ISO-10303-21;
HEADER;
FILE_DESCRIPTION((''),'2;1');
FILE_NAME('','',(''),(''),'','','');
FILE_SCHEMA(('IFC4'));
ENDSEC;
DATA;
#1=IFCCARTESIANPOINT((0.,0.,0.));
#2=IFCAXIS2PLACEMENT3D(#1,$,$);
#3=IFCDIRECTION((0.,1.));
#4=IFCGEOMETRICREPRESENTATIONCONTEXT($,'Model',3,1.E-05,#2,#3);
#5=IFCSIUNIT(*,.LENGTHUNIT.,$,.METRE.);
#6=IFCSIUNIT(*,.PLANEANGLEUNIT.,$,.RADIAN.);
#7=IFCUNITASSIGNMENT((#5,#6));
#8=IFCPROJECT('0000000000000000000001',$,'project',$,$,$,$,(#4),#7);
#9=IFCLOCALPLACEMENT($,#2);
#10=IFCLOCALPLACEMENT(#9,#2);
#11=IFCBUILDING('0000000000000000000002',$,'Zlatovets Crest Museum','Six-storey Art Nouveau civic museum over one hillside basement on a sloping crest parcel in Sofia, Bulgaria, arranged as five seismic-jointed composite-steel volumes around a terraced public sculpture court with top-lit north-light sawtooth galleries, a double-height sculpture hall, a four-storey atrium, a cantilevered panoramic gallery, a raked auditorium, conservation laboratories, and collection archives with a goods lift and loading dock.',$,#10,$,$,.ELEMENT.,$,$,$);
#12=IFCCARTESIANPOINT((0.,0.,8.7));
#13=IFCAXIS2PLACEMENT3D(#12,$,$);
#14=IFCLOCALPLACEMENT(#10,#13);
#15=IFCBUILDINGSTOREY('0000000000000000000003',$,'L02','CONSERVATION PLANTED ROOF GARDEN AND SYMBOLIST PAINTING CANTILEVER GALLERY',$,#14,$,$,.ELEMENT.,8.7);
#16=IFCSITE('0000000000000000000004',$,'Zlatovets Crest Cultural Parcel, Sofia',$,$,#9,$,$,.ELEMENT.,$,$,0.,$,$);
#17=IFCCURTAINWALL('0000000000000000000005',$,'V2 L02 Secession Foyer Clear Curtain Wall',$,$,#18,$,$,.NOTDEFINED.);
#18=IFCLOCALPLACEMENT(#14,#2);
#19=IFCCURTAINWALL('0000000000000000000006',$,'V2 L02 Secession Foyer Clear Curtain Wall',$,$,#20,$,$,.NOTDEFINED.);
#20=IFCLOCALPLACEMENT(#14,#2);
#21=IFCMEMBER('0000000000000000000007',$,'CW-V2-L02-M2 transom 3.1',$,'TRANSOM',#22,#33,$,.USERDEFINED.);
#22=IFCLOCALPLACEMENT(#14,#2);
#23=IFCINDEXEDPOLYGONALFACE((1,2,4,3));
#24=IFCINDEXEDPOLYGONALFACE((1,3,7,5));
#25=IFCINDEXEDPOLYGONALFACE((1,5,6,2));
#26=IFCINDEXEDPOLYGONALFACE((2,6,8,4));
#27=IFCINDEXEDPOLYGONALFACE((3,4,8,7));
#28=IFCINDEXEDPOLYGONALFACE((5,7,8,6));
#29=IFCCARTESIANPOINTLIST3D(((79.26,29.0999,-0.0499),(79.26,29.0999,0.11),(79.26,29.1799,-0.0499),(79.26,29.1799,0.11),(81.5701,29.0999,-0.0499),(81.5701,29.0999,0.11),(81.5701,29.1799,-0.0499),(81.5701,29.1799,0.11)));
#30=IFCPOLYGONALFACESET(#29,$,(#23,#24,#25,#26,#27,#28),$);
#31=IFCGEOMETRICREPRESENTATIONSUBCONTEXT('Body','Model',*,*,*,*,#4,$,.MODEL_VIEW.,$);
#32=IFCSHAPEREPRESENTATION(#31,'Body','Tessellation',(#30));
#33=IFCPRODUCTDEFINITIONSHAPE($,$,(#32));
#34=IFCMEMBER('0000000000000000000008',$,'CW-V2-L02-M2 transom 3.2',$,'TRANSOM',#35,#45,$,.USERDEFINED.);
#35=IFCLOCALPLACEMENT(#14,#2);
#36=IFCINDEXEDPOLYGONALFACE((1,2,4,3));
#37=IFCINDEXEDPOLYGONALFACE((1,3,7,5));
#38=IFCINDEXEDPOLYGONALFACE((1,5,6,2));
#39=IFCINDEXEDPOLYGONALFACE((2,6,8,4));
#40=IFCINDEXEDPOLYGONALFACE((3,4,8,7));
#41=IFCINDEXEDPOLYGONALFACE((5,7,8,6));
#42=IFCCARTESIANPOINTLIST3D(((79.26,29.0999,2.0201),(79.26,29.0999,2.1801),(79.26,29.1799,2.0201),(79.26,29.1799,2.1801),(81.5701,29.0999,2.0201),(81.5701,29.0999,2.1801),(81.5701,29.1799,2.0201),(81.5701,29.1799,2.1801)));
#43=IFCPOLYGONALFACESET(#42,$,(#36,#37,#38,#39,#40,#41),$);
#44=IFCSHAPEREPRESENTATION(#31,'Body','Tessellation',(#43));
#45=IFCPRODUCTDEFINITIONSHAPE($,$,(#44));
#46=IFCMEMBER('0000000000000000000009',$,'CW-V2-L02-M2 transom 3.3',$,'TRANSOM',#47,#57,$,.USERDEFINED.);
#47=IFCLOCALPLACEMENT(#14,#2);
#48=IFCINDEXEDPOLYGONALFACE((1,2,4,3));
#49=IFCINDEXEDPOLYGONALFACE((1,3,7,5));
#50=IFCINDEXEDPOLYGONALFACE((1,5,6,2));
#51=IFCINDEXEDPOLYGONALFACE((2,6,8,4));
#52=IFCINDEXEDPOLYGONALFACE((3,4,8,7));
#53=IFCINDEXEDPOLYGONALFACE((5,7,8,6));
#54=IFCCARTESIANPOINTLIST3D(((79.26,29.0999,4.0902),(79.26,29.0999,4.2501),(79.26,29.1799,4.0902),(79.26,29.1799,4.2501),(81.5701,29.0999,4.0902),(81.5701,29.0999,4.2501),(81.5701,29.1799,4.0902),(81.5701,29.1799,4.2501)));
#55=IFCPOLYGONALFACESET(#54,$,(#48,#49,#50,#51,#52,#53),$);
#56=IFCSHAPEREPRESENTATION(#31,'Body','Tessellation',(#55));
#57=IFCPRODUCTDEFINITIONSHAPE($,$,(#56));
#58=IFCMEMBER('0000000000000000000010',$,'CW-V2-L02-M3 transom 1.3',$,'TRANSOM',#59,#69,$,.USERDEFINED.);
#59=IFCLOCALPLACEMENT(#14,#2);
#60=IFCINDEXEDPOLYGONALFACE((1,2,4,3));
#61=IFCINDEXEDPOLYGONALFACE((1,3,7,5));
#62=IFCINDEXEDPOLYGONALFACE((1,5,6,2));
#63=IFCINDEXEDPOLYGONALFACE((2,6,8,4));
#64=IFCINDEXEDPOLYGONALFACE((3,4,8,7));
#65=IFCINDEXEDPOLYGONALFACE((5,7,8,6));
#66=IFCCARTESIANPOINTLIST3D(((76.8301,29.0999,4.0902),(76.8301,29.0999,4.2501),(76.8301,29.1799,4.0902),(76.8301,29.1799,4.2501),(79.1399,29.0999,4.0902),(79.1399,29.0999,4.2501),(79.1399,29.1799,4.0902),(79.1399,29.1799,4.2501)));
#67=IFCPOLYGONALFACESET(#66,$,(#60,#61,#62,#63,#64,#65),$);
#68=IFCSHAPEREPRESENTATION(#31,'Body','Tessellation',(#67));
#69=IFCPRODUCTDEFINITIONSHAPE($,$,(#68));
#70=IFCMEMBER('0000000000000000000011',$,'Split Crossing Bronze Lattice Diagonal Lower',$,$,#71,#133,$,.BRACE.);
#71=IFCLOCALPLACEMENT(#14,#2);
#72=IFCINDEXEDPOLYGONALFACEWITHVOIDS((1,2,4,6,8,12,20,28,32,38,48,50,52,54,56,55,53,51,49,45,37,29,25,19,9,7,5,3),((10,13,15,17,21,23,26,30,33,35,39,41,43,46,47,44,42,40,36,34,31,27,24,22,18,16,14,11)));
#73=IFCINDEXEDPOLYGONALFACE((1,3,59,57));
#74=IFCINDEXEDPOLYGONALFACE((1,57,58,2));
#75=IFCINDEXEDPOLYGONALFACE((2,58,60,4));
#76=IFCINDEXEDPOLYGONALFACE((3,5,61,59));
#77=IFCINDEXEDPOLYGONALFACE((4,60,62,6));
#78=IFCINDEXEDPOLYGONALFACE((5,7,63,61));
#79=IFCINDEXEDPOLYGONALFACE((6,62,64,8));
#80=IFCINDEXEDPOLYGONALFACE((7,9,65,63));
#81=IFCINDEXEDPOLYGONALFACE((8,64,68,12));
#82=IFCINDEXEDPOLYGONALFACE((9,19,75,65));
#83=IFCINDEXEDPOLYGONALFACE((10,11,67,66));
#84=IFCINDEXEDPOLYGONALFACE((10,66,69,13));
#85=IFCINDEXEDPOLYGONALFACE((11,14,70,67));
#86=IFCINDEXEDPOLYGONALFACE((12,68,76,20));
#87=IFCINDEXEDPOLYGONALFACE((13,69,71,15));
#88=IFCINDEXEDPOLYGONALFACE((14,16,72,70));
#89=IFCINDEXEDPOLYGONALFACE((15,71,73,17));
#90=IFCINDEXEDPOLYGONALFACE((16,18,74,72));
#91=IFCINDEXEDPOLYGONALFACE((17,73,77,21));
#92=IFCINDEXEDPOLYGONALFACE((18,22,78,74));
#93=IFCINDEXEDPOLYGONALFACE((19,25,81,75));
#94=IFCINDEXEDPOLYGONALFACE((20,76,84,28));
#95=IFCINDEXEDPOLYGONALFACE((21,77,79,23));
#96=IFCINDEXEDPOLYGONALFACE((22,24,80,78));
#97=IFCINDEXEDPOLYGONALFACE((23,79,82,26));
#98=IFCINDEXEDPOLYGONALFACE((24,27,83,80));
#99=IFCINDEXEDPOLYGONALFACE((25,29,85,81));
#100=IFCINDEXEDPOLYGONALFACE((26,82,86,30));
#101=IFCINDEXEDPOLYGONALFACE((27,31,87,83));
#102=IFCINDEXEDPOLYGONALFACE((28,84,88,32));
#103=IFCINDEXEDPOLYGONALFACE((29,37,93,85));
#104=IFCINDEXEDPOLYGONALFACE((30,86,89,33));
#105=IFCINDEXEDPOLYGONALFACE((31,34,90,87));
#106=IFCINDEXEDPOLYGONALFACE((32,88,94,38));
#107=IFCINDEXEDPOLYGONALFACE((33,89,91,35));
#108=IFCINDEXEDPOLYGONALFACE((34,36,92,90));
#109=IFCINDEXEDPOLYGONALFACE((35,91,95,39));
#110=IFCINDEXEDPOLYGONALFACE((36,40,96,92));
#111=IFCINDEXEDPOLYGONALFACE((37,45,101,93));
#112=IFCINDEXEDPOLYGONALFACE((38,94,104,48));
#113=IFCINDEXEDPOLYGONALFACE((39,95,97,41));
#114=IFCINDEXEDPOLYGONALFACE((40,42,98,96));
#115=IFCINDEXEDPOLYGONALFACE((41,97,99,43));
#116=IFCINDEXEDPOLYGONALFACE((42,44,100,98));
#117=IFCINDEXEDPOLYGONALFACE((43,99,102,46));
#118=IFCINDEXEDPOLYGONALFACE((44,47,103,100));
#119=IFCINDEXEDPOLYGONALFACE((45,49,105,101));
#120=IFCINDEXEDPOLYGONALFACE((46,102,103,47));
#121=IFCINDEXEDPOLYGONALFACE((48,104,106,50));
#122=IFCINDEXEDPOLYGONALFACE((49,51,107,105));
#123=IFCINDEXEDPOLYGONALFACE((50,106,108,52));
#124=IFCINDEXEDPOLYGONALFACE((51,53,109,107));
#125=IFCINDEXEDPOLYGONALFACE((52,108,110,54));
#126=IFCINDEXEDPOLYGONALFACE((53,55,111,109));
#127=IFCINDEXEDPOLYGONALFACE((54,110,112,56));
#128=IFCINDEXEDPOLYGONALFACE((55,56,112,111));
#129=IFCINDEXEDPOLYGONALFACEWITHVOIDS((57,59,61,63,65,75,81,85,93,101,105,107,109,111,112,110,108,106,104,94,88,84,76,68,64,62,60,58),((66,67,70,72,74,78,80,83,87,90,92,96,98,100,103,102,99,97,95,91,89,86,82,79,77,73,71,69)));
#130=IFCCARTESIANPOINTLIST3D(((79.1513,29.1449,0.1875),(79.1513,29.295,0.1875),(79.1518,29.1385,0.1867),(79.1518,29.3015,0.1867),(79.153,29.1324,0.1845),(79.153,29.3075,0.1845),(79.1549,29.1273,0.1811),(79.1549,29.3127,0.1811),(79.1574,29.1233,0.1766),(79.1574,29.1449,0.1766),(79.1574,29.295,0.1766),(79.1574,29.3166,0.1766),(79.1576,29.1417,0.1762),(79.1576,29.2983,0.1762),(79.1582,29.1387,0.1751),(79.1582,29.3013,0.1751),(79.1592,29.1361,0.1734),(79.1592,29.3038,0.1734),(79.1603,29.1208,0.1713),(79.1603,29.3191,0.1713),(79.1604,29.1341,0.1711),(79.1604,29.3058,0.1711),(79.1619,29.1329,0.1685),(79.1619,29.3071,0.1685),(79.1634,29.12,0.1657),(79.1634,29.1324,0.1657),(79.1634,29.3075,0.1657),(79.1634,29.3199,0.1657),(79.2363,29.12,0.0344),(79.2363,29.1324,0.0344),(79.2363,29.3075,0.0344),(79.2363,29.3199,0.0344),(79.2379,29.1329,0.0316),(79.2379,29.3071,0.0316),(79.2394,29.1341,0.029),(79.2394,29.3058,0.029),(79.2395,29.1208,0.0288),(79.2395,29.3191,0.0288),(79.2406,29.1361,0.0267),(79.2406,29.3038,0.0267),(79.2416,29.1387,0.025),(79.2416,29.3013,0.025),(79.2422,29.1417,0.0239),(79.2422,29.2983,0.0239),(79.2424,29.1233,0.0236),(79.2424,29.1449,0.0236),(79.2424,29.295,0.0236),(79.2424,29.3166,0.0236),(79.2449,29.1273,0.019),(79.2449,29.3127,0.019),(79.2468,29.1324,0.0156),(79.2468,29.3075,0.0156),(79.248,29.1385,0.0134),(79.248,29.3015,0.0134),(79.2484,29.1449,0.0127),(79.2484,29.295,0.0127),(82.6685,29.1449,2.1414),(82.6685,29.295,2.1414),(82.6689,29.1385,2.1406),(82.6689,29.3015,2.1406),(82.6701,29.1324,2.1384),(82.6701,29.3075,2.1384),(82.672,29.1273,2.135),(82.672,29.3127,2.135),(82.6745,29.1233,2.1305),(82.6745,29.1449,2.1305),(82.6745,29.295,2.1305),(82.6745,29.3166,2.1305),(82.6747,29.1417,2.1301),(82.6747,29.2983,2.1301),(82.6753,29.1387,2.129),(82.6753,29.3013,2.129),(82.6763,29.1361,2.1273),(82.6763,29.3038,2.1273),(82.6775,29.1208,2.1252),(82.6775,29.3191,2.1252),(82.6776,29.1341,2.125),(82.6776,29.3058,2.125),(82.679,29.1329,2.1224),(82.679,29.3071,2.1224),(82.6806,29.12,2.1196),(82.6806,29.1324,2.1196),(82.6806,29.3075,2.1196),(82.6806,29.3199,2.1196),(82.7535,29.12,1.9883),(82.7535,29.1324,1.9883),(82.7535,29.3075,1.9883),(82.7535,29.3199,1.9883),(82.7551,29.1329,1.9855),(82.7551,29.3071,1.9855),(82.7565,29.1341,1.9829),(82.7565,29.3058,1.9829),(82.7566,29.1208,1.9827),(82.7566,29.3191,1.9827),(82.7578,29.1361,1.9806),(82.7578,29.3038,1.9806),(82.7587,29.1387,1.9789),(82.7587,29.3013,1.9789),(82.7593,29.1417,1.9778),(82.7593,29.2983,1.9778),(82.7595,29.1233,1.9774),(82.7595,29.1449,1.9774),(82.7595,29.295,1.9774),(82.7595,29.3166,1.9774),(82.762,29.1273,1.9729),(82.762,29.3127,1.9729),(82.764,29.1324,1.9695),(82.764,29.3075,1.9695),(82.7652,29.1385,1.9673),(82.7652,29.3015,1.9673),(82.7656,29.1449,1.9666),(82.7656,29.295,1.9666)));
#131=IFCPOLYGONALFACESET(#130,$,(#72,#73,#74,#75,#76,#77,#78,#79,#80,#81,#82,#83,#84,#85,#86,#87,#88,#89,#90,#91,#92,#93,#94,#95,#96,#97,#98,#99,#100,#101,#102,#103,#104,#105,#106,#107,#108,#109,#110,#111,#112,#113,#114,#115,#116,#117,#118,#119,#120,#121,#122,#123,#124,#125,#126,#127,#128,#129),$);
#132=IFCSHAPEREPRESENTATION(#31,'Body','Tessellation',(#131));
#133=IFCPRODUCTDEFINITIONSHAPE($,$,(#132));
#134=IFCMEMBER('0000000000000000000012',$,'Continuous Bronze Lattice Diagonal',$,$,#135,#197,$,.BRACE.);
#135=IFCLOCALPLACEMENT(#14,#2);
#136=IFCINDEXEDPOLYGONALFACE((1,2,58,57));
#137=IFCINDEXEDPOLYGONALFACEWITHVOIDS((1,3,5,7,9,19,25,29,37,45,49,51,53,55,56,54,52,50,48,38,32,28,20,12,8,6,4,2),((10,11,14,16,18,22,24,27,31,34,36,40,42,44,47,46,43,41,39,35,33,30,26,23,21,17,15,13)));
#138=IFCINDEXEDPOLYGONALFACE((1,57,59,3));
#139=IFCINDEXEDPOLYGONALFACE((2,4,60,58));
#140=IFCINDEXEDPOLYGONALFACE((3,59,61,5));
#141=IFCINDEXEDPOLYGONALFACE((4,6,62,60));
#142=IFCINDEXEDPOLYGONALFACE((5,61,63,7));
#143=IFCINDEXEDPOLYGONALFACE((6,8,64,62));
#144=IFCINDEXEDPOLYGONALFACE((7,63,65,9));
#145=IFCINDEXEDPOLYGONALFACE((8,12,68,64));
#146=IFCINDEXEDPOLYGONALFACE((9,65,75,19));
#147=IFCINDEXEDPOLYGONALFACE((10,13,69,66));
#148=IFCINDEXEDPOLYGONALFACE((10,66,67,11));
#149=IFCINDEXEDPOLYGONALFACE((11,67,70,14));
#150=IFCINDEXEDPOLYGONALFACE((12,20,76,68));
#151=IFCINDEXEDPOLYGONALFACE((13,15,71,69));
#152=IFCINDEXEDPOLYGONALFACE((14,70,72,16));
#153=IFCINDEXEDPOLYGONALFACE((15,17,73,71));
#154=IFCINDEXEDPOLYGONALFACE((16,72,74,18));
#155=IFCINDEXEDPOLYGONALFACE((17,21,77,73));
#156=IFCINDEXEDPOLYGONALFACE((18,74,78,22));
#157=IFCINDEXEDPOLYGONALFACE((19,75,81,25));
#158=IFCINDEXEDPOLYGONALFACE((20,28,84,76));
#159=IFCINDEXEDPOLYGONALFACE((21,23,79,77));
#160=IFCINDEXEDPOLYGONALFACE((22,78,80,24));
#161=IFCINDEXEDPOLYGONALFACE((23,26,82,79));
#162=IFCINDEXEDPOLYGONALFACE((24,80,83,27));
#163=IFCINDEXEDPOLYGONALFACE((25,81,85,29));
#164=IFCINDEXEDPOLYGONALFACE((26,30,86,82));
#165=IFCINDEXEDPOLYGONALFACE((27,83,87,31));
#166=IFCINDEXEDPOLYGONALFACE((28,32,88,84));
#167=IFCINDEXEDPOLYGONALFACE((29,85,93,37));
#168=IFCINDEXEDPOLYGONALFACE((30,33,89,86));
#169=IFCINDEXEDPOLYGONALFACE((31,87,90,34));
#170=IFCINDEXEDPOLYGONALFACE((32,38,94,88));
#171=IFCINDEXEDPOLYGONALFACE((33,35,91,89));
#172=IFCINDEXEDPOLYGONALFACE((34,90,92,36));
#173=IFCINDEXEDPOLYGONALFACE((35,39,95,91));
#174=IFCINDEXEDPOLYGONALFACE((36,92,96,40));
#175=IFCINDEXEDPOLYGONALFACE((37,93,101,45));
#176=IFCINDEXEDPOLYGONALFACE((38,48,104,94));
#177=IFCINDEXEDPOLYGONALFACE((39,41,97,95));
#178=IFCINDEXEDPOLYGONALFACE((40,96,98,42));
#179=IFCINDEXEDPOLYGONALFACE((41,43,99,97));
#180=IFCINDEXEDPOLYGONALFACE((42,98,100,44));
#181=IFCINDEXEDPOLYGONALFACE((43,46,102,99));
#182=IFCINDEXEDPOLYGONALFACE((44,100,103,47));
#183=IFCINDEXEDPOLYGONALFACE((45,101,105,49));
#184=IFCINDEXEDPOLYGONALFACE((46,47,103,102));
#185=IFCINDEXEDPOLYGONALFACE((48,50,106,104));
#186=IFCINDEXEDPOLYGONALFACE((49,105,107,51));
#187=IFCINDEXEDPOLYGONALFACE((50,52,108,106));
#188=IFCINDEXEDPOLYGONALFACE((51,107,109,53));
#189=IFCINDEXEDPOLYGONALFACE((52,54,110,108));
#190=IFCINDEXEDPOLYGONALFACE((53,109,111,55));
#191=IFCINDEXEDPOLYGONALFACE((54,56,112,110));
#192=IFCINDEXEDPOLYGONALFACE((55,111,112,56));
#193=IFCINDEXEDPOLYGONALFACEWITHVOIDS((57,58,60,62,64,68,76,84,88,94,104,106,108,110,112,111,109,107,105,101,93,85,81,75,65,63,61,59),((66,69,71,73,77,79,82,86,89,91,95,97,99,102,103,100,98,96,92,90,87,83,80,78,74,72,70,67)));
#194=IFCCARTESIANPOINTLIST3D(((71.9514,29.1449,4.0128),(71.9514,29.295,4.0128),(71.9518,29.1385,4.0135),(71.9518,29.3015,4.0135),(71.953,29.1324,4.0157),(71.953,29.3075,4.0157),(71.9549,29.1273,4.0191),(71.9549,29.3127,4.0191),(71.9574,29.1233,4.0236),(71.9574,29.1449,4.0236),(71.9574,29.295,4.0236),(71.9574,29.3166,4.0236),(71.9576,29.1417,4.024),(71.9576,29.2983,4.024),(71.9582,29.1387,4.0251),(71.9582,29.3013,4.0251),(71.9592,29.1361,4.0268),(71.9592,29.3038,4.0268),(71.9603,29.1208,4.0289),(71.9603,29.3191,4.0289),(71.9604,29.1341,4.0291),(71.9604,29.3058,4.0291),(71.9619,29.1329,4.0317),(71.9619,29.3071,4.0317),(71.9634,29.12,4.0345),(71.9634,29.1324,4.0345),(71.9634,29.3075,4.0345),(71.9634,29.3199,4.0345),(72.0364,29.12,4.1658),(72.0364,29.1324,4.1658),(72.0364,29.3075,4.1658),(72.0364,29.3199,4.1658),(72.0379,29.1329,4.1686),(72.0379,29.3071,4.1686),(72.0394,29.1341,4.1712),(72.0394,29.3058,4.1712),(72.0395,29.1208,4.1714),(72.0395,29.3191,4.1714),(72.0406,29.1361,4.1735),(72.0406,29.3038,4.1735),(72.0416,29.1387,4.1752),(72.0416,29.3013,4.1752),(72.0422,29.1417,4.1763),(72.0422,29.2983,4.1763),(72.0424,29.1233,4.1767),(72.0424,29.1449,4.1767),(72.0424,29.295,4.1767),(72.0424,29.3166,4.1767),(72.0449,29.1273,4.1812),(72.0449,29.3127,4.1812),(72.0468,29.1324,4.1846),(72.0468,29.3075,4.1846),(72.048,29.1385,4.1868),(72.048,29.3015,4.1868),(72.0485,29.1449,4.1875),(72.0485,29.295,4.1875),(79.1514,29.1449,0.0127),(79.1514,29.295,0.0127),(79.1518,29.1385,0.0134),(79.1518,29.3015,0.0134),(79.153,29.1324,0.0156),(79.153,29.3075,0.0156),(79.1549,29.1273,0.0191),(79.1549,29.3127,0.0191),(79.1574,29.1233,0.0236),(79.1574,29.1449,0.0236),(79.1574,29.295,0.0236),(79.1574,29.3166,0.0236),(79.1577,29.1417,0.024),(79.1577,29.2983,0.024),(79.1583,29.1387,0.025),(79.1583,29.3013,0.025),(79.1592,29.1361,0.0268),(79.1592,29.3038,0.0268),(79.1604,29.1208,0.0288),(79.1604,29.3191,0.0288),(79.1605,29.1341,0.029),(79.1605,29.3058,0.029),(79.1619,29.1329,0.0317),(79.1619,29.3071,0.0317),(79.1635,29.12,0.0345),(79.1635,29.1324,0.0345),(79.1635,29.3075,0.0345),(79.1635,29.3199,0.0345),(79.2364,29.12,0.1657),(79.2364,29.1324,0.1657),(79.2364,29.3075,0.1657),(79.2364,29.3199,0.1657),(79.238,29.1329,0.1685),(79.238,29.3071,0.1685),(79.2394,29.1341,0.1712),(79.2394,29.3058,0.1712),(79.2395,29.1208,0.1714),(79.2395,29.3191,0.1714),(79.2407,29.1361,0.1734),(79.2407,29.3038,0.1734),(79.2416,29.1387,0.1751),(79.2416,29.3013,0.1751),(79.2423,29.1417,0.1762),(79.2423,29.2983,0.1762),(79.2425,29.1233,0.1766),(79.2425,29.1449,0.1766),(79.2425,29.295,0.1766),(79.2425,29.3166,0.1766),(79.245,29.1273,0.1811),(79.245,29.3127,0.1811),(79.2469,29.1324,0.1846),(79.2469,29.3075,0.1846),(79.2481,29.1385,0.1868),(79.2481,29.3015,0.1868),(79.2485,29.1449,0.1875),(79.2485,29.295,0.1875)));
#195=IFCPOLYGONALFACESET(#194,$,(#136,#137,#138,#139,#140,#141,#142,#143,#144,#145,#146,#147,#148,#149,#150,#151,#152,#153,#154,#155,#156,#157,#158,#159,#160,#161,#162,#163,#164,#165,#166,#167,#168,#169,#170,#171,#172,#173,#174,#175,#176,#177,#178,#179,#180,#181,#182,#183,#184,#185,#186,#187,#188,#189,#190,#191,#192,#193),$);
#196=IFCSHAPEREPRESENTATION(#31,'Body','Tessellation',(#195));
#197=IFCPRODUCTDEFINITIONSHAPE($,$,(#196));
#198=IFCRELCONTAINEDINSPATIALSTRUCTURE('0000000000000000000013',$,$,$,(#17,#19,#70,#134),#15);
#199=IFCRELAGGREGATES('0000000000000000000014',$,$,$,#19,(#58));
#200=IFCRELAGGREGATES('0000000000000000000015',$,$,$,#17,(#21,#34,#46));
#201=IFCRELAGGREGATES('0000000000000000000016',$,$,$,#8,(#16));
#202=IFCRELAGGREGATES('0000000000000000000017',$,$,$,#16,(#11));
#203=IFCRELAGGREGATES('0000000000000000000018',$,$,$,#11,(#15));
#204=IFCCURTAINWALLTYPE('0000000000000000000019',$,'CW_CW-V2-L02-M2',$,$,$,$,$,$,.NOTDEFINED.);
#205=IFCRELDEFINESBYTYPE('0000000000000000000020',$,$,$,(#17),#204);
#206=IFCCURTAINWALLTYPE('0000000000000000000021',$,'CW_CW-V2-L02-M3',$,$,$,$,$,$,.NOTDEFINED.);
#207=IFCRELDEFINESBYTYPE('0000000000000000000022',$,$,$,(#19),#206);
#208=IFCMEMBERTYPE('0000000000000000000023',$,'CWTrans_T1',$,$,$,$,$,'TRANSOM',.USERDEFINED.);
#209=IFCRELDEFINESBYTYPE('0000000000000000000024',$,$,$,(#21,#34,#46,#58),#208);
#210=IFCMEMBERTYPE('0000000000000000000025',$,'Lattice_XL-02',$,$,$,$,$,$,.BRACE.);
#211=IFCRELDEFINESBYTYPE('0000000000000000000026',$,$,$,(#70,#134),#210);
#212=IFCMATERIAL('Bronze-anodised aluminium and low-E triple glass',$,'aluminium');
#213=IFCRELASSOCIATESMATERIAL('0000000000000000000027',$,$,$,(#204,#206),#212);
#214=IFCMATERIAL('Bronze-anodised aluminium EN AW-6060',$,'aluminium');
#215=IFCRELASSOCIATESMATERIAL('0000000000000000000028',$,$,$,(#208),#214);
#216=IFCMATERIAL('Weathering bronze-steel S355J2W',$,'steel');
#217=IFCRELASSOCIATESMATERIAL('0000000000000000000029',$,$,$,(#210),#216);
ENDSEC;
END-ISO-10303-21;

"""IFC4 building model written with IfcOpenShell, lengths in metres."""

from ifc_helpers import new_model, si_unit, direction, frame, origin, origin_2d, place, context, subcontext, project, spatial, rectangle, hollow_rectangle, extrude, material, material_profile, profile_set, type_object, element, aggregate, save


model = new_model("IFC4")

# Units and contexts
model_context = context("Model", 3, precision=1e-05, world=origin(), true_north=direction((0.0, 1.0)))
body_context = subcontext(model_context, "Body", "Model", "MODEL_VIEW")
ifc_project = project(units=[si_unit("LENGTHUNIT", "METRE"), si_unit("PLANEANGLEUNIT", "RADIAN")], contexts=[model_context])

# Site, building, storey
site_placement = place(None, origin())
site = spatial("IfcSite", under=ifc_project, at=site_placement, Name="Zlatovets Crest Cultural Parcel, Sofia", CompositionType="ELEMENT", RefElevation=0.0)
building_placement = place(site_placement, origin())
building = spatial("IfcBuilding", under=site, at=building_placement, Name="Zlatovets Crest Museum", Description="Six-storey Art Nouveau civic museum over one hillside basement on a sloping crest parcel in Sofia, Bulgaria, arranged as five seismic-jointed composite-steel volumes around a terraced public sculpture court with top-lit north-light sawtooth galleries, a double-height sculpture hall, a four-storey atrium, a cantilevered panoramic gallery, a raked auditorium, conservation laboratories, and collection archives with a goods lift and loading dock.", CompositionType="ELEMENT")
storey_placement = place(building_placement, frame((0.0, 0.0, 8.7)))
storey = spatial("IfcBuildingStorey", under=building, at=storey_placement, Name="L02", Description="CONSERVATION PLANTED ROOF GARDEN AND SYMBOLIST PAINTING CANTILEVER GALLERY", CompositionType="ELEMENT", Elevation=8.7)

# Curtain wall
ifc_material_1 = material(Name="Bronze-anodised aluminium and low-E triple glass", Category="aluminium")
curtain_wall_type_1 = type_object("IfcCurtainWallType", Name="CW_CW-V2-L02-M2", PredefinedType="NOTDEFINED", material=ifc_material_1)
curtain_wall_1_placement = place(storey_placement, origin())
curtain_wall_1 = element("IfcCurtainWall", 1, at=curtain_wall_1_placement, inside=storey, type_object=curtain_wall_type_1, Name="V2 L02 Secession Foyer Clear Curtain Wall", PredefinedType="NOTDEFINED")
ifc_material_2 = material(Name="Bronze-anodised aluminium EN AW-6060", Category="aluminium")

# Curtain wall
curtain_wall_type_2 = type_object("IfcCurtainWallType", Name="CW_CW-V2-L02-M3", PredefinedType="NOTDEFINED", material=ifc_material_1)
curtain_wall_2_placement = place(storey_placement, origin())
curtain_wall_2 = element("IfcCurtainWall", 2, at=curtain_wall_2_placement, inside=storey, type_object=curtain_wall_type_2, Name="V2 L02 Secession Foyer Clear Curtain Wall", PredefinedType="NOTDEFINED")

# Members
ifc_material_profile_1 = material_profile(ifc_material_2, rectangle(XDim=0.0801, YDim=0.1599, at=origin_2d()), Name="ALU 80x160")
ifc_profile_set_1 = profile_set([ifc_material_profile_1], Name="Bronze-anodised aluminium EN AW-6060")
member_type_1 = type_object("IfcMemberType", Name="CWTrans_T1", ElementType="TRANSOM", PredefinedType="USERDEFINED", material=ifc_profile_set_1)
member_1_placement = place(storey_placement, frame((81.5701, 29.1399, 0.03), z_axis=(-1.0, 0.0, 0.0), x_axis=(0.0, -1.0, 0.0)))
member_1 = element("IfcMember", 3, at=member_1_placement, type_object=member_type_1, Name="CW-V2-L02-M2 transom 3.1", ObjectType="TRANSOM", PredefinedType="USERDEFINED", context=body_context, shape_type="SweptSolid", body=[
    extrude(rectangle(XDim=0.0801, YDim=0.1599, at=origin_2d()), origin(), (0.0, 0.0, 1.0), 2.3101),
])
member_2_placement = place(storey_placement, frame((81.5701, 29.1399, 2.1001), z_axis=(-1.0, 0.0, 0.0), x_axis=(0.0, -1.0, 0.0)))
member_2 = element("IfcMember", 4, at=member_2_placement, type_object=member_type_1, Name="CW-V2-L02-M2 transom 3.2", ObjectType="TRANSOM", PredefinedType="USERDEFINED", context=body_context, shape_type="SweptSolid", body=[
    extrude(rectangle(XDim=0.0801, YDim=0.1599, at=origin_2d()), origin(), (0.0, 0.0, 1.0), 2.3101),
])
member_3_placement = place(storey_placement, frame((81.5701, 29.1399, 4.1702), z_axis=(-1.0, 0.0, 0.0), x_axis=(0.0, -1.0, 0.0)))
member_3 = element("IfcMember", 5, at=member_3_placement, type_object=member_type_1, Name="CW-V2-L02-M2 transom 3.3", ObjectType="TRANSOM", PredefinedType="USERDEFINED", context=body_context, shape_type="SweptSolid", body=[
    extrude(rectangle(XDim=0.0801, YDim=0.1599, at=origin_2d()), origin(), (0.0, 0.0, 1.0), 2.3101),
])
member_4_placement = place(storey_placement, frame((79.1399, 29.1399, 4.1702), z_axis=(-1.0, 0.0, 0.0), x_axis=(0.0, -1.0, 0.0)))
member_4 = element("IfcMember", 6, at=member_4_placement, type_object=member_type_1, Name="CW-V2-L02-M3 transom 1.3", ObjectType="TRANSOM", PredefinedType="USERDEFINED", context=body_context, shape_type="SweptSolid", body=[
    extrude(rectangle(XDim=0.0801, YDim=0.1599, at=origin_2d()), origin(), (0.0, 0.0, 1.0), 2.3098),
])
aggregate(curtain_wall_2, [member_4])

# Members
ifc_material_3 = material(Name="Weathering bronze-steel S355J2W", Category="steel")
ifc_material_profile_2 = material_profile(ifc_material_3, hollow_rectangle(XDim=0.2, YDim=0.2, WallThickness=0.0125, InnerFilletRadius=0.0125, OuterFilletRadius=0.0249, at=origin_2d()), Name="SHS 200x200x12.5")
ifc_profile_set_2 = profile_set([ifc_material_profile_2], Name="Weathering bronze-steel S355J2W")
member_type_2 = type_object("IfcMemberType", Name="Lattice_XL-02", PredefinedType="BRACE", material=ifc_profile_set_2)
member_5_placement = place(storey_placement, frame((82.717, 29.22, 2.054), z_axis=(-0.874166, 0.0, -0.485627), x_axis=(0.0, -1.0, 0.0)))
element("IfcMember", 7, at=member_5_placement, inside=storey, type_object=member_type_2, Name="Split Crossing Bronze Lattice Diagonal Lower", PredefinedType="BRACE", context=body_context, shape_type="SweptSolid", body=[
    extrude(hollow_rectangle(XDim=0.2, YDim=0.2, WallThickness=0.0125, InnerFilletRadius=0.0125, OuterFilletRadius=0.0249, at=origin_2d()), origin(), (0.0, 0.0, 1.0), 4.0234),
])
member_6_placement = place(storey_placement, frame((79.2, 29.22, 0.1001), z_axis=(-0.874156, 0.0, 0.485645), x_axis=(0.0, -1.0, 0.0)))
element("IfcMember", 8, at=member_6_placement, inside=storey, type_object=member_type_2, Name="Continuous Bronze Lattice Diagonal", PredefinedType="BRACE", context=body_context, shape_type="SweptSolid", body=[
    extrude(hollow_rectangle(XDim=0.2, YDim=0.2, WallThickness=0.0125, InnerFilletRadius=0.0125, OuterFilletRadius=0.0249, at=origin_2d()), origin(), (0.0, 0.0, 1.0), 8.2366),
])

aggregate(curtain_wall_1, [member_1, member_2, member_3])

save(model, "model.ifc")
